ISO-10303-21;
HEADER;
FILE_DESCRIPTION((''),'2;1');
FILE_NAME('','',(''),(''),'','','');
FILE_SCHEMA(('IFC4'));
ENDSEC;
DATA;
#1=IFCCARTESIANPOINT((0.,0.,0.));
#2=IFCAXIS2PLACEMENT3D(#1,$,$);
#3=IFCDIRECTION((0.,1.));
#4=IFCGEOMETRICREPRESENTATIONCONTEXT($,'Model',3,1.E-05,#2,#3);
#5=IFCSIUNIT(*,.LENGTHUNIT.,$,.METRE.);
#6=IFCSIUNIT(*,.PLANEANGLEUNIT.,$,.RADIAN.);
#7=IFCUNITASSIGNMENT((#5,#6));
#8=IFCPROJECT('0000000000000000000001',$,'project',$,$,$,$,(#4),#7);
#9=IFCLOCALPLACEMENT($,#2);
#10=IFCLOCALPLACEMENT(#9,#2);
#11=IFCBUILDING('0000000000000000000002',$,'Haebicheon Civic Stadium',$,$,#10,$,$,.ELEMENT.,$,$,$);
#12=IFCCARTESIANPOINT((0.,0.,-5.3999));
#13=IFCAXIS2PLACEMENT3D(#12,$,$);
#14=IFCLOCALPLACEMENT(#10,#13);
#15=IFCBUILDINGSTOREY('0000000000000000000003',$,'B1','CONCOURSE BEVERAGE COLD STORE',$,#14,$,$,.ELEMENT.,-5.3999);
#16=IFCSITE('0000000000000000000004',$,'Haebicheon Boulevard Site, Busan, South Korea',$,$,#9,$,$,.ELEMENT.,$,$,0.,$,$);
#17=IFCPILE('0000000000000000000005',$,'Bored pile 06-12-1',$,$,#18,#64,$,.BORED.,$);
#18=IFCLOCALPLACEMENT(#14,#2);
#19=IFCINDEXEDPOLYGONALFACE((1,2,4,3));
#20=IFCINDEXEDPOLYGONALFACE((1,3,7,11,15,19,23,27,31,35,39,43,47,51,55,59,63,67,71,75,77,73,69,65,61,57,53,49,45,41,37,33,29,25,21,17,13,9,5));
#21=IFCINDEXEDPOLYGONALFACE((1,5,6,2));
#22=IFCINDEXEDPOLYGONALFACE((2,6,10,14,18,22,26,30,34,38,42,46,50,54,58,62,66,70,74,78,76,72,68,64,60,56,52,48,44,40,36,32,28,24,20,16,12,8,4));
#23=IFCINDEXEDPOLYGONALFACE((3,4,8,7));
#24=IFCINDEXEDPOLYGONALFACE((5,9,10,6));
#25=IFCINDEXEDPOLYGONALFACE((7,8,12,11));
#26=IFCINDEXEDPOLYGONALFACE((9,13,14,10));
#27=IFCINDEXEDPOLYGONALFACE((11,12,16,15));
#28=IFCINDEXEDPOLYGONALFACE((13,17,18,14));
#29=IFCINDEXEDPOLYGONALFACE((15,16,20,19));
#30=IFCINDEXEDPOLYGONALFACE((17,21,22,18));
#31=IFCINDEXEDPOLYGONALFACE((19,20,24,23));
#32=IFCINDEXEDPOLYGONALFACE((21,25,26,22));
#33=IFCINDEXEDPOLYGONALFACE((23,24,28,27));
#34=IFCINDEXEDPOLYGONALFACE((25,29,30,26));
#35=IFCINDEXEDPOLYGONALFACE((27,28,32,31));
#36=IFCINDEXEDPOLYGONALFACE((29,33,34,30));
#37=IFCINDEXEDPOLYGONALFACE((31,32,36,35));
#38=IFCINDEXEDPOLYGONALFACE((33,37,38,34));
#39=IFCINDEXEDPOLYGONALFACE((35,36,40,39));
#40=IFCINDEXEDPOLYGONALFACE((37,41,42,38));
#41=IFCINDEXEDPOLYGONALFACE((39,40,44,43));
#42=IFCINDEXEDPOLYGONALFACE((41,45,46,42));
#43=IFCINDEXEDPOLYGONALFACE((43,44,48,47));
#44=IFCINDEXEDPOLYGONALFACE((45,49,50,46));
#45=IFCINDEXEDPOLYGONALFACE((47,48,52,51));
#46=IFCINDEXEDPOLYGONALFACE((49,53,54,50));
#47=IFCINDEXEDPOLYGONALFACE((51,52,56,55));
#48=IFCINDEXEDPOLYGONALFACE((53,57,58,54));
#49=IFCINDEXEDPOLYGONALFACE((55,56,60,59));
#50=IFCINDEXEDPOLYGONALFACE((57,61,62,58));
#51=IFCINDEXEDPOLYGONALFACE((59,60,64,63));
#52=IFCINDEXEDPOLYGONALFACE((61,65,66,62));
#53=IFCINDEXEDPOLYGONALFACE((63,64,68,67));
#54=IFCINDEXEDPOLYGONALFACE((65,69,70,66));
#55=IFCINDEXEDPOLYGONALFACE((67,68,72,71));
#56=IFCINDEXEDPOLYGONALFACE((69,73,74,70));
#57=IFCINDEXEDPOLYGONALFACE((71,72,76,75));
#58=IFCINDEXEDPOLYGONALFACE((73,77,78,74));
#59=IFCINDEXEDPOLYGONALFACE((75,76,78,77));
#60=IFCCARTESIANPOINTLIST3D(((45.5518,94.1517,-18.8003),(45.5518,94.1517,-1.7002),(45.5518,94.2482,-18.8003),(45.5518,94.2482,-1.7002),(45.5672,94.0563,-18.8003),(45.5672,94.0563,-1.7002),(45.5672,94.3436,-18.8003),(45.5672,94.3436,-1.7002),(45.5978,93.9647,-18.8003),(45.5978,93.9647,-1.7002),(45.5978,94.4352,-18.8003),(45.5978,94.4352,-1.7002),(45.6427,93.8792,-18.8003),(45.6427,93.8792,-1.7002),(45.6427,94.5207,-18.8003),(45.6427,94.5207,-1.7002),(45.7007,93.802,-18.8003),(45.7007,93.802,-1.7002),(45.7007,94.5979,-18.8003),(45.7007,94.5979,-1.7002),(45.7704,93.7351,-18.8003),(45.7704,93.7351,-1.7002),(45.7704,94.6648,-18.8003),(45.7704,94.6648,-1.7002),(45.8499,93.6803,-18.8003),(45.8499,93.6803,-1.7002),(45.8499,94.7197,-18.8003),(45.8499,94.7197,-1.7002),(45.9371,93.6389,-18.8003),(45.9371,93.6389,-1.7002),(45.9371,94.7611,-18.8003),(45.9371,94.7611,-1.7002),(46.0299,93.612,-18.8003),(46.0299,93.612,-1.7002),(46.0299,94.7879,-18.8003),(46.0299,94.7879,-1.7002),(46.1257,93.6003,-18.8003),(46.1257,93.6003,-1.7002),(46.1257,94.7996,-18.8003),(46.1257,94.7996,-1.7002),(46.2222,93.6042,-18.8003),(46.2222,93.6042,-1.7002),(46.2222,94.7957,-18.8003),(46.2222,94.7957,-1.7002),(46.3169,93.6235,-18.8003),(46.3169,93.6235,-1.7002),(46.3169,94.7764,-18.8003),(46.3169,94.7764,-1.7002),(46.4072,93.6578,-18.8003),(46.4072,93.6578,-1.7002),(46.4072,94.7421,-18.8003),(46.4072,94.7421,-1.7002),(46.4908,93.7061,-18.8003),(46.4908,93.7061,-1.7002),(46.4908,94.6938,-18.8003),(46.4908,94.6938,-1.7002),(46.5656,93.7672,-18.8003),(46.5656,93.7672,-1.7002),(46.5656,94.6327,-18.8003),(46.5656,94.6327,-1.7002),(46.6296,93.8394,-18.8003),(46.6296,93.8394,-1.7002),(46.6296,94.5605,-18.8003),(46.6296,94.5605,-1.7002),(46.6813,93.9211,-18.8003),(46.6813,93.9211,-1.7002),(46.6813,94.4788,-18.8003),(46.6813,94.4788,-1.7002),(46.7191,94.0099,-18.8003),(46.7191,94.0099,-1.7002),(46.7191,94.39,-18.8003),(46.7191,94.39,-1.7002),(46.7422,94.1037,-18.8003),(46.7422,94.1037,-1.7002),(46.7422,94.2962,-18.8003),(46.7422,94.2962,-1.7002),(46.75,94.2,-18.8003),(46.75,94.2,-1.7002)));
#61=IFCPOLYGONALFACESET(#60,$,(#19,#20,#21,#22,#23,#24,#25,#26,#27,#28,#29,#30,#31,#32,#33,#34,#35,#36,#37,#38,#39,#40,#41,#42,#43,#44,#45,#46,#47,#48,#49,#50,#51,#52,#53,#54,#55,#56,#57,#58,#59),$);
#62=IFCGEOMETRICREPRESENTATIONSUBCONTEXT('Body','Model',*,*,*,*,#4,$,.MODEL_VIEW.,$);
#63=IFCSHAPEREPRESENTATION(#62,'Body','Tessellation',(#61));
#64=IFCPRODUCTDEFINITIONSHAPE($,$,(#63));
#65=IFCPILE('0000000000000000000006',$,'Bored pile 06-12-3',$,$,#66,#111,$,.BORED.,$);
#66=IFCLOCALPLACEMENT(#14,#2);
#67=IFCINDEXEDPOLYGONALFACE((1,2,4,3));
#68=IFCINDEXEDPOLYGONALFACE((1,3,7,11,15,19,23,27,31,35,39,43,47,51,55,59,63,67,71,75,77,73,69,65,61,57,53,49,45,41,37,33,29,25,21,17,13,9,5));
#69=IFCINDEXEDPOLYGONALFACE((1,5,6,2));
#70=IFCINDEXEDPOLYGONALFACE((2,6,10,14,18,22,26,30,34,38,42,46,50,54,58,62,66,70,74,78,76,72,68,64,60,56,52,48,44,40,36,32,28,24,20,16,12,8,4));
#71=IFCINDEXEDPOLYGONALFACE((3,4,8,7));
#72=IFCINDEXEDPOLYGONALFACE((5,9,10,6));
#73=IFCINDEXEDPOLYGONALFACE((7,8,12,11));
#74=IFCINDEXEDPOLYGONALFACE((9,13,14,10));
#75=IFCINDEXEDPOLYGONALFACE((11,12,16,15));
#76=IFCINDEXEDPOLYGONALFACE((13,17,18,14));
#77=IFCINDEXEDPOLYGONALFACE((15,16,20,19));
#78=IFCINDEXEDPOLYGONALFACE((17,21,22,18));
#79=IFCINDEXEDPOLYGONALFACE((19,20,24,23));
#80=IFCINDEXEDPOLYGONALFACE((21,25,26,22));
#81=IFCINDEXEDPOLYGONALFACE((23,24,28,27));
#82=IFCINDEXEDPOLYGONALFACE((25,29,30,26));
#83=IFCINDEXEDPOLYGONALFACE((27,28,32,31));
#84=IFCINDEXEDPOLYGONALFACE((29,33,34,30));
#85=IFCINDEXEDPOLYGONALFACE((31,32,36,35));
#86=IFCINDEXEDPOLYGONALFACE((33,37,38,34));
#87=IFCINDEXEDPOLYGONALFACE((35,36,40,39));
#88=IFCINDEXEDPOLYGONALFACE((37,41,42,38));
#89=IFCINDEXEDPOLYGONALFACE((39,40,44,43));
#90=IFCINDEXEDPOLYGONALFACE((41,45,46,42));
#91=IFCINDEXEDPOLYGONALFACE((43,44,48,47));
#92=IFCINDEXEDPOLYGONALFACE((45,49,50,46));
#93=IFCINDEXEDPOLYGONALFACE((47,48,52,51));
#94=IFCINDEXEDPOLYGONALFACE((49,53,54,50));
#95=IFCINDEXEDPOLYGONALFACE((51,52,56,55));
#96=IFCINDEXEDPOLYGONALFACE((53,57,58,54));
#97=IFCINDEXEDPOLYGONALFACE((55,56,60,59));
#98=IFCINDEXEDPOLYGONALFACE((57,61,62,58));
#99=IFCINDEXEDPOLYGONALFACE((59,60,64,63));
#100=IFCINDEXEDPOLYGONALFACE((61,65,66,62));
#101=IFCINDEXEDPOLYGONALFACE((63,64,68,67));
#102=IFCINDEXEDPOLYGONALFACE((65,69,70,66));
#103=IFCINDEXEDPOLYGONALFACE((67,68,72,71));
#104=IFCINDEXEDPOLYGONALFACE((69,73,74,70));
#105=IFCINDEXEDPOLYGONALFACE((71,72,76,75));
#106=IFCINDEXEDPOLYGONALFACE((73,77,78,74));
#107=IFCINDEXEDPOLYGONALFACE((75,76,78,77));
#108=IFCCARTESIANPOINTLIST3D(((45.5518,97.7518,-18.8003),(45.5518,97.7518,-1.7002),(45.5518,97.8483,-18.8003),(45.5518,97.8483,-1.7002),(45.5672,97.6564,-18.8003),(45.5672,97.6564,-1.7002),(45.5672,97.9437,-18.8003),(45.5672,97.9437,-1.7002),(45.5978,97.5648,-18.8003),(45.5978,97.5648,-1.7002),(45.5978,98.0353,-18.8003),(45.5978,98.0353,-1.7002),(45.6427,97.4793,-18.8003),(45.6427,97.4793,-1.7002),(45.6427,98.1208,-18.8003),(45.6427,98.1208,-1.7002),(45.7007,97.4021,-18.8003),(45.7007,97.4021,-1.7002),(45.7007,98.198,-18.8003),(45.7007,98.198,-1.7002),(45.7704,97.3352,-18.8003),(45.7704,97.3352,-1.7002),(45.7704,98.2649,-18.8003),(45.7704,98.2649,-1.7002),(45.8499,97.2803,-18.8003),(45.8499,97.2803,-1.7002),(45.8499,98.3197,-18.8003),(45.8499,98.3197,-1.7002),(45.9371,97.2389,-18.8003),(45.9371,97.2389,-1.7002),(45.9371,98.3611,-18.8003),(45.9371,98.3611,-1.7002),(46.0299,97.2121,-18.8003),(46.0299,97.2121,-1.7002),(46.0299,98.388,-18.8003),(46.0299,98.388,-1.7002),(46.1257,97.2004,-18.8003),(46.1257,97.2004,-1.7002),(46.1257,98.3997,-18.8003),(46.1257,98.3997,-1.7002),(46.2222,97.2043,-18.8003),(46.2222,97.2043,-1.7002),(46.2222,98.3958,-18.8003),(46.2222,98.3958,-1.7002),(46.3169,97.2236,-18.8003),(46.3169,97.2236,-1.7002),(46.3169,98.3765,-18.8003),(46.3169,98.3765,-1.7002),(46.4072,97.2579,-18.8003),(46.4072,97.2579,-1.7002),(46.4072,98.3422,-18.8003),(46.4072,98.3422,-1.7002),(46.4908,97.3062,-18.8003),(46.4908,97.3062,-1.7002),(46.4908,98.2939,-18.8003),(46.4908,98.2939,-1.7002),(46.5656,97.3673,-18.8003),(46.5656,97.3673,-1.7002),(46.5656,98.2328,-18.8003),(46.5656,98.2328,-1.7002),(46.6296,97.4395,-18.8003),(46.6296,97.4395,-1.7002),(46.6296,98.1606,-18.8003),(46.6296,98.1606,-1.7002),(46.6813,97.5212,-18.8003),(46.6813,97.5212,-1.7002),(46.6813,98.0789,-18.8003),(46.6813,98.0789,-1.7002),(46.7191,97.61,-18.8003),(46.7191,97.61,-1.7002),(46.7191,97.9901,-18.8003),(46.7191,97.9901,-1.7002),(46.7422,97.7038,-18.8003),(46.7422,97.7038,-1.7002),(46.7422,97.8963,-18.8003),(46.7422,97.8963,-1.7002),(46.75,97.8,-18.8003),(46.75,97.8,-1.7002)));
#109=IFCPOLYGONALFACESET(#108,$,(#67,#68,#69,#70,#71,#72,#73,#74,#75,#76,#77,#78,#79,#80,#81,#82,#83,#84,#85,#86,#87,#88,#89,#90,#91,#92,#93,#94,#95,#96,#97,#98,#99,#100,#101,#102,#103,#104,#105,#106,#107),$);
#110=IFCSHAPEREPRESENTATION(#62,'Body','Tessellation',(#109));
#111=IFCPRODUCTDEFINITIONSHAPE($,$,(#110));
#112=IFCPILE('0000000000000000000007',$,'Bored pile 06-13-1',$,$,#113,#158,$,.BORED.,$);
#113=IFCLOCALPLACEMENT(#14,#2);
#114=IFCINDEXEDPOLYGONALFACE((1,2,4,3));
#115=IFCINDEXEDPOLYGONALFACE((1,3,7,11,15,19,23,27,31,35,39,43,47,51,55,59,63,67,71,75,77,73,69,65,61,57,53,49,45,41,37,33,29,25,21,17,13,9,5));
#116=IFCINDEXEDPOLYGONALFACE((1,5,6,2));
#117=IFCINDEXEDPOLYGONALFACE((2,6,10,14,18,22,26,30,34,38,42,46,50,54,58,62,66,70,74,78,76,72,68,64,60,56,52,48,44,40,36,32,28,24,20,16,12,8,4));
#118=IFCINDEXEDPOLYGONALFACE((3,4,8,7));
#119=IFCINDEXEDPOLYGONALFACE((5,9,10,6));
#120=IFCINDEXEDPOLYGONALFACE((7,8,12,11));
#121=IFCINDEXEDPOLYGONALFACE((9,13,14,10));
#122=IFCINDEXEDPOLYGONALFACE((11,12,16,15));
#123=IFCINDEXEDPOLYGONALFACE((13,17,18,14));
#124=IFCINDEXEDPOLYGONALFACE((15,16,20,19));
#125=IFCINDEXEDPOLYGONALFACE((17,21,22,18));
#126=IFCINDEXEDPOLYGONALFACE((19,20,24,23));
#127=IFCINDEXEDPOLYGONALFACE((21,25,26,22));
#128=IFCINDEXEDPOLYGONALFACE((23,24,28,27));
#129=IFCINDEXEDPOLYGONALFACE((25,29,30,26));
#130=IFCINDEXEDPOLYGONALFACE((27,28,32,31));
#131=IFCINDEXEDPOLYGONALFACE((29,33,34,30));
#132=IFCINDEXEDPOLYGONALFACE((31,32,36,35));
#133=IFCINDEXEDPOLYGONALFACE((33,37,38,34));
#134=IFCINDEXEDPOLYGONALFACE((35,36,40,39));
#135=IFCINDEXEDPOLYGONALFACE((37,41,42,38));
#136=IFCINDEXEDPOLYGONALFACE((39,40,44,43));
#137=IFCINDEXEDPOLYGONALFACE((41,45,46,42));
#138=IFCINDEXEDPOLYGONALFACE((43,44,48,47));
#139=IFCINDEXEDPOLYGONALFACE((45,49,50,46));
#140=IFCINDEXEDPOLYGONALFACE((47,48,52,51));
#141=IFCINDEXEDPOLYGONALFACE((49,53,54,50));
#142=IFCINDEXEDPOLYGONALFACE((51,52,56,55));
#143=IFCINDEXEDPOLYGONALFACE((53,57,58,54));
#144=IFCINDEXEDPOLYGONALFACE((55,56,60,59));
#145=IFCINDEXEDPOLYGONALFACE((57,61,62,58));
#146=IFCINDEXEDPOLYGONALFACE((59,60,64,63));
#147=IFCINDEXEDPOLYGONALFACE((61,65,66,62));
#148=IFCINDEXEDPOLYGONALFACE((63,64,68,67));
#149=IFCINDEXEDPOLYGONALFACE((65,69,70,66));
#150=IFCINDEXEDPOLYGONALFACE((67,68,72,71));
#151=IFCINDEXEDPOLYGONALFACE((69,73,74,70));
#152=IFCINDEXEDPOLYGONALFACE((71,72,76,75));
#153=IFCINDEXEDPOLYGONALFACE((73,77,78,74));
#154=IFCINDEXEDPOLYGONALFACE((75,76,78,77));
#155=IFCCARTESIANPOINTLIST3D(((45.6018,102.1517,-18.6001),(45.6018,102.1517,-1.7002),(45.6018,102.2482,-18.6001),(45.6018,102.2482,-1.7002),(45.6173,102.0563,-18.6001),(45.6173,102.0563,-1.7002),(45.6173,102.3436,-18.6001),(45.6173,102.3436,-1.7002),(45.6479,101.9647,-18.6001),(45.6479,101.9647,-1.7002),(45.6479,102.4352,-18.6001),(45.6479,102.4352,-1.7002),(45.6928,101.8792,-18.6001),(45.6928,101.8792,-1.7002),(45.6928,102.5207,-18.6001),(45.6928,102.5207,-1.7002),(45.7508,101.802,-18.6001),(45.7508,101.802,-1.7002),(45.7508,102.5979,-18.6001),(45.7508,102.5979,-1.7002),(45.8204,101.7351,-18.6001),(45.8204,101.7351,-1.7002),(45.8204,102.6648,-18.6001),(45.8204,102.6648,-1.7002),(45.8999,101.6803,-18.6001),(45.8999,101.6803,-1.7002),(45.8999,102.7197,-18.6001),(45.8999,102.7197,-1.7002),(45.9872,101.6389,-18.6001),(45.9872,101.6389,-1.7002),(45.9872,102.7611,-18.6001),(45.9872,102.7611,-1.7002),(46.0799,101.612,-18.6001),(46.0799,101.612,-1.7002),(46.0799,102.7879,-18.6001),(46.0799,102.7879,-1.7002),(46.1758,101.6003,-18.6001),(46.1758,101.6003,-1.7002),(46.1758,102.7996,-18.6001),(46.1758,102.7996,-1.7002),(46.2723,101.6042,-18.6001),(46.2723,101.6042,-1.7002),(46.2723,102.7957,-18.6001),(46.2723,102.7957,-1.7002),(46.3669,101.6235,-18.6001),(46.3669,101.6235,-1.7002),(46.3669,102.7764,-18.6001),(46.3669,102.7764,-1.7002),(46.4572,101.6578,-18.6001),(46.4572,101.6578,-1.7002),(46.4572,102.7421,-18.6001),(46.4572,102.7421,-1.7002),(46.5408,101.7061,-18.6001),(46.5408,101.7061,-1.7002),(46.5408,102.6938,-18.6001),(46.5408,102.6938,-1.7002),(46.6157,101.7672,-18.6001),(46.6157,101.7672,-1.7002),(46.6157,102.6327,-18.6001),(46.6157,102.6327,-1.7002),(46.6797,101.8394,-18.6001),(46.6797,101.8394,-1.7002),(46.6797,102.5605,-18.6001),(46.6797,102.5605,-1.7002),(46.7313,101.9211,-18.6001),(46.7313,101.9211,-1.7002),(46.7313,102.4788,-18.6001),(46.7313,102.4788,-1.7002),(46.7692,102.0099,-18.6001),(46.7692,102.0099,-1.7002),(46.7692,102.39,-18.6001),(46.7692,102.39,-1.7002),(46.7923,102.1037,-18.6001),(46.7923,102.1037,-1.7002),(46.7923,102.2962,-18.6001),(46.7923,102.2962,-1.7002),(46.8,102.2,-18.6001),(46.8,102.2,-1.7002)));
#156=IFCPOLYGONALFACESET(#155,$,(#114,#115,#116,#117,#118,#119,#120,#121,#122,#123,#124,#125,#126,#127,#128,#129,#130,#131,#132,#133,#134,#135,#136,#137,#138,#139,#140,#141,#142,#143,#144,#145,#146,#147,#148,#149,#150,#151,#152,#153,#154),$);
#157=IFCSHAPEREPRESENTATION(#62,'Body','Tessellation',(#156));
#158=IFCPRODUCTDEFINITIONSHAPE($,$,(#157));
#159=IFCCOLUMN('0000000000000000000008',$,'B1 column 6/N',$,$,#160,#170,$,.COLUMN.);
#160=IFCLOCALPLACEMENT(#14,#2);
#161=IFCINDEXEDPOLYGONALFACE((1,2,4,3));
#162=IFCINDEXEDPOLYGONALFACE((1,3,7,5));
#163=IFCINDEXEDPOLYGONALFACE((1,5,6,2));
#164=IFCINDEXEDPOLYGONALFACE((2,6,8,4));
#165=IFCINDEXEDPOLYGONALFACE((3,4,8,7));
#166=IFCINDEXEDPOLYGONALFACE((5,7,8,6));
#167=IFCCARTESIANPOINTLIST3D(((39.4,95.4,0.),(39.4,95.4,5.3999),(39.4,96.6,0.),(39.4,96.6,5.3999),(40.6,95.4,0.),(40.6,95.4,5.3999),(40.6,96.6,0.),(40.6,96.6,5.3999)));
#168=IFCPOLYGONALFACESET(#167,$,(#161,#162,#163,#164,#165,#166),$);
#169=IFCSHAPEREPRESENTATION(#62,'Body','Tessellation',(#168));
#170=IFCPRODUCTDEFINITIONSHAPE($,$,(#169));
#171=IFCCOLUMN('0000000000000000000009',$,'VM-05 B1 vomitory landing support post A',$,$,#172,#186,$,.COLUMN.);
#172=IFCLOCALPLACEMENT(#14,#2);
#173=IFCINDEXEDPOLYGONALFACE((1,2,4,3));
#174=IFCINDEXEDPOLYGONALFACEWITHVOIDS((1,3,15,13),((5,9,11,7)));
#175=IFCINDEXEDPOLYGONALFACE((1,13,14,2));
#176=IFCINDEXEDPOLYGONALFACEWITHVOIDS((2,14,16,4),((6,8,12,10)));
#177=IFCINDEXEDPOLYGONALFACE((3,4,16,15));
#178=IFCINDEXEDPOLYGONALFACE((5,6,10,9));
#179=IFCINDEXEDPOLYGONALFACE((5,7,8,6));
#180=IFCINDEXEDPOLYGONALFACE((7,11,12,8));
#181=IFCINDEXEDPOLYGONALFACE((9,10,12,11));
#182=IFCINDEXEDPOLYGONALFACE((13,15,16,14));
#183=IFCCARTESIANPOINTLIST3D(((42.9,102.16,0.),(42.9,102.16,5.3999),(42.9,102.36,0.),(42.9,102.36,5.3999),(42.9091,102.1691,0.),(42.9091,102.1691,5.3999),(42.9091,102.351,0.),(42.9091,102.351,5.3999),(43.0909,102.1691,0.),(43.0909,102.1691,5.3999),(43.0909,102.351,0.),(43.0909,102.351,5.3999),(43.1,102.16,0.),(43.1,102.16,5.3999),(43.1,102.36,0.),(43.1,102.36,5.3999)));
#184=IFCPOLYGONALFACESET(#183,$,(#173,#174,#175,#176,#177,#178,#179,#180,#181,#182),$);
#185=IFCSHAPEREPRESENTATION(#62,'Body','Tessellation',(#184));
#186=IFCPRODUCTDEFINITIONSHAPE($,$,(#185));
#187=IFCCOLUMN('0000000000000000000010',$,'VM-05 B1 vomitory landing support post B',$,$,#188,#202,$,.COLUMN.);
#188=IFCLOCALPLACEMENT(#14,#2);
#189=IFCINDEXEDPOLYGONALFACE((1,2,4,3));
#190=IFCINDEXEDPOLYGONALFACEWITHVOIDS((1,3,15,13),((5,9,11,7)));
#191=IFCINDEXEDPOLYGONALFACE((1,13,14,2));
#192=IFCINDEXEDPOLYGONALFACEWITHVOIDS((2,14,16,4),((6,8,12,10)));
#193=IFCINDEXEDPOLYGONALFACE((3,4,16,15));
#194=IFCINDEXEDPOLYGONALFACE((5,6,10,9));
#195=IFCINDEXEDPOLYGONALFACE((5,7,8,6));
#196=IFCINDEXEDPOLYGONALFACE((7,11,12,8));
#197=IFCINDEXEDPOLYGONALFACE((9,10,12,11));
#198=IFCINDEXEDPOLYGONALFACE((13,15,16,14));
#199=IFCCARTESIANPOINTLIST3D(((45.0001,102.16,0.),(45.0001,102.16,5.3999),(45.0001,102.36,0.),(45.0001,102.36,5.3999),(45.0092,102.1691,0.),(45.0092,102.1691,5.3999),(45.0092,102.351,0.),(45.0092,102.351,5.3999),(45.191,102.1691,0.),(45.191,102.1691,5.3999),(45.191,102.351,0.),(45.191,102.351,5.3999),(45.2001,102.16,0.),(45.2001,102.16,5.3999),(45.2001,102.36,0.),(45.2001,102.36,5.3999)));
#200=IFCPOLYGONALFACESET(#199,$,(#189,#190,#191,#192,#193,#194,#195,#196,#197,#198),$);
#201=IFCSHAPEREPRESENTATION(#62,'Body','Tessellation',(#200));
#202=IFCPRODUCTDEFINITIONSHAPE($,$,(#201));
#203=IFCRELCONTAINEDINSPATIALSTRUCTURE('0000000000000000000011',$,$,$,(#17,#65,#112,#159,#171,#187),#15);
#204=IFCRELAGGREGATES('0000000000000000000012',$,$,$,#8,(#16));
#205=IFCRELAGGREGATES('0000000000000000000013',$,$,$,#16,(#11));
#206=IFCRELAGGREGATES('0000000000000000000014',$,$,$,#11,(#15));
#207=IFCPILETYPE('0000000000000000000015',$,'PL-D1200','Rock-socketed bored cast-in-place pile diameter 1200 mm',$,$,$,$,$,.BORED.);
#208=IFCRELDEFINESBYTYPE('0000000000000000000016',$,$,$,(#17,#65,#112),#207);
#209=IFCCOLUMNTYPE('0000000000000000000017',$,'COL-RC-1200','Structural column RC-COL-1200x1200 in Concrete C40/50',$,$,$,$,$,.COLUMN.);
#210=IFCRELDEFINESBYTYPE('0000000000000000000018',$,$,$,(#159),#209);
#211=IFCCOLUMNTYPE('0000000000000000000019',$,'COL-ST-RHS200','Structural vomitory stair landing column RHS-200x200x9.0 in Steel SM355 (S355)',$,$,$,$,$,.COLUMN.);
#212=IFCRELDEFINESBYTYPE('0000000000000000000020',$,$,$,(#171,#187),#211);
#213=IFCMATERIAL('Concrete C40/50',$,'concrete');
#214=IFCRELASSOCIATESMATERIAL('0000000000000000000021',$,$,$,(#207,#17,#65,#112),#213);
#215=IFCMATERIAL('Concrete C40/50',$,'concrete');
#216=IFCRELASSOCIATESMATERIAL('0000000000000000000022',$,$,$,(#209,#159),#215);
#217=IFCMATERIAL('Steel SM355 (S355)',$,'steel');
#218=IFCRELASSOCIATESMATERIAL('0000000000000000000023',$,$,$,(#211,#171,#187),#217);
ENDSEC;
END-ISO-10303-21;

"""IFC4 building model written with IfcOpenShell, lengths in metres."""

from ifc_helpers import new_model, si_unit, direction, frame, origin, origin_2d, place, context, subcontext, project, spatial, rectangle, hollow_rectangle, circle, extrude, material, material_profile, profile_set, type_object, element, save


model = new_model("IFC4")

# Units and contexts
model_context = context("Model", 3, precision=1e-05, world=origin(), true_north=direction((0.0, 1.0)))
body_context = subcontext(model_context, "Body", "Model", "MODEL_VIEW")
ifc_project = project(units=[si_unit("LENGTHUNIT", "METRE"), si_unit("PLANEANGLEUNIT", "RADIAN")], contexts=[model_context])

# Site, building, storey
site_placement = place(None, origin())
site = spatial("IfcSite", under=ifc_project, at=site_placement, Name="Haebicheon Boulevard Site, Busan, South Korea", CompositionType="ELEMENT", RefElevation=0.0)
building_placement = place(site_placement, origin())
building = spatial("IfcBuilding", under=site, at=building_placement, Name="Haebicheon Civic Stadium", CompositionType="ELEMENT")
storey_placement = place(building_placement, frame((0.0, 0.0, -5.3999)))
storey = spatial("IfcBuildingStorey", under=building, at=storey_placement, Name="B1", Description="CONCOURSE BEVERAGE COLD STORE", CompositionType="ELEMENT", Elevation=-5.3999)

# Piles
ifc_material_1 = material(Name="Concrete C40/50", Category="concrete")
ifc_material_profile_1 = material_profile(ifc_material_1, circle(Radius=0.6001, at=origin_2d()), Name="PILE-D1200")
ifc_profile_set_1 = profile_set([ifc_material_profile_1], Name="Concrete C40/50")
pile_type = type_object("IfcPileType", Name="PL-D1200", Description="Rock-socketed bored cast-in-place pile diameter 1200 mm", PredefinedType="BORED", material=ifc_profile_set_1)
for number, where, z_axis, x_axis, name in (
    (1, (46.1499, 94.2, -1.7002), (0.0, 0.0, -1.0), (1.0, 0.0, 0.0), "Bored pile 06-12-1"),
    (2, (46.1499, 97.8, -1.7002), (0.0, 0.0, -1.0), (1.0, 0.0, 0.0), "Bored pile 06-12-3"),
):
    element("IfcPile", number, at=place(storey_placement, frame(where, z_axis=z_axis, x_axis=x_axis)), inside=storey, type_object=pile_type, material=ifc_profile_set_1, Name=name, PredefinedType="BORED", context=body_context, shape_type="SweptSolid", body=[
        extrude(circle(Radius=0.6001, at=origin_2d()), origin(), (0.0, 0.0, 1.0), 17.1001),
    ])
pile_placement = place(storey_placement, frame((46.2, 102.2, -1.7002), z_axis=(0.0, 0.0, -1.0), x_axis=(1.0, 0.0, 0.0)))
element("IfcPile", 3, at=pile_placement, inside=storey, type_object=pile_type, material=ifc_profile_set_1, Name="Bored pile 06-13-1", PredefinedType="BORED", context=body_context, shape_type="SweptSolid", body=[
    extrude(circle(Radius=0.6001, at=origin_2d()), origin(), (0.0, 0.0, 1.0), 16.8999),
])

# Columns
ifc_material_2 = material(Name="Concrete C40/50", Category="concrete")
ifc_material_profile_2 = material_profile(ifc_material_2, rectangle(XDim=1.2, YDim=1.2, at=origin_2d()), Name="RC-COL-1200x1200")
ifc_profile_set_2 = profile_set([ifc_material_profile_2], Name="Concrete C40/50")
column_type_1 = type_object("IfcColumnType", Name="COL-RC-1200", Description="Structural column RC-COL-1200x1200 in Concrete C40/50", PredefinedType="COLUMN", material=ifc_profile_set_2)
column_placement = place(storey_placement, frame((40.0, 96.0, 0.0), z_axis=(0.0, 0.0, 1.0), x_axis=(1.0, 0.0, 0.0)))
element("IfcColumn", 4, at=column_placement, inside=storey, type_object=column_type_1, material=ifc_profile_set_2, Name="B1 column 6/N", PredefinedType="COLUMN", context=body_context, shape_type="SweptSolid", body=[
    extrude(rectangle(XDim=1.2, YDim=1.2, at=origin_2d()), origin(), (0.0, 0.0, 1.0), 5.3999),
])
ifc_material_3 = material(Name="Steel SM355 (S355)", Category="steel")
ifc_material_profile_3 = material_profile(ifc_material_3, hollow_rectangle(XDim=0.2, YDim=0.2, WallThickness=0.009, at=origin_2d()), Name="RHS-200x200x9.0")
ifc_profile_set_3 = profile_set([ifc_material_profile_3], Name="Steel SM355 (S355)")
column_type_2 = type_object("IfcColumnType", Name="COL-ST-RHS200", Description="Structural vomitory stair landing column RHS-200x200x9.0 in Steel SM355 (S355)", PredefinedType="COLUMN", material=ifc_profile_set_3)
for number, where, z_axis, x_axis, name in (
    (5, (43.0, 102.26, 0.0), (0.0, 0.0, 1.0), (1.0, 0.0, 0.0), "VM-05 B1 vomitory landing support post A"),
    (6, (45.1001, 102.26, 0.0), (0.0, 0.0, 1.0), (1.0, 0.0, 0.0), "VM-05 B1 vomitory landing support post B"),
):
    element("IfcColumn", number, at=place(storey_placement, frame(where, z_axis=z_axis, x_axis=x_axis)), inside=storey, type_object=column_type_2, material=ifc_profile_set_3, Name=name, PredefinedType="COLUMN", context=body_context, shape_type="SweptSolid", body=[
        extrude(hollow_rectangle(XDim=0.2, YDim=0.2, WallThickness=0.009, at=origin_2d()), origin(), (0.0, 0.0, 1.0), 5.3999),
    ])

save(model, "model.ifc")
